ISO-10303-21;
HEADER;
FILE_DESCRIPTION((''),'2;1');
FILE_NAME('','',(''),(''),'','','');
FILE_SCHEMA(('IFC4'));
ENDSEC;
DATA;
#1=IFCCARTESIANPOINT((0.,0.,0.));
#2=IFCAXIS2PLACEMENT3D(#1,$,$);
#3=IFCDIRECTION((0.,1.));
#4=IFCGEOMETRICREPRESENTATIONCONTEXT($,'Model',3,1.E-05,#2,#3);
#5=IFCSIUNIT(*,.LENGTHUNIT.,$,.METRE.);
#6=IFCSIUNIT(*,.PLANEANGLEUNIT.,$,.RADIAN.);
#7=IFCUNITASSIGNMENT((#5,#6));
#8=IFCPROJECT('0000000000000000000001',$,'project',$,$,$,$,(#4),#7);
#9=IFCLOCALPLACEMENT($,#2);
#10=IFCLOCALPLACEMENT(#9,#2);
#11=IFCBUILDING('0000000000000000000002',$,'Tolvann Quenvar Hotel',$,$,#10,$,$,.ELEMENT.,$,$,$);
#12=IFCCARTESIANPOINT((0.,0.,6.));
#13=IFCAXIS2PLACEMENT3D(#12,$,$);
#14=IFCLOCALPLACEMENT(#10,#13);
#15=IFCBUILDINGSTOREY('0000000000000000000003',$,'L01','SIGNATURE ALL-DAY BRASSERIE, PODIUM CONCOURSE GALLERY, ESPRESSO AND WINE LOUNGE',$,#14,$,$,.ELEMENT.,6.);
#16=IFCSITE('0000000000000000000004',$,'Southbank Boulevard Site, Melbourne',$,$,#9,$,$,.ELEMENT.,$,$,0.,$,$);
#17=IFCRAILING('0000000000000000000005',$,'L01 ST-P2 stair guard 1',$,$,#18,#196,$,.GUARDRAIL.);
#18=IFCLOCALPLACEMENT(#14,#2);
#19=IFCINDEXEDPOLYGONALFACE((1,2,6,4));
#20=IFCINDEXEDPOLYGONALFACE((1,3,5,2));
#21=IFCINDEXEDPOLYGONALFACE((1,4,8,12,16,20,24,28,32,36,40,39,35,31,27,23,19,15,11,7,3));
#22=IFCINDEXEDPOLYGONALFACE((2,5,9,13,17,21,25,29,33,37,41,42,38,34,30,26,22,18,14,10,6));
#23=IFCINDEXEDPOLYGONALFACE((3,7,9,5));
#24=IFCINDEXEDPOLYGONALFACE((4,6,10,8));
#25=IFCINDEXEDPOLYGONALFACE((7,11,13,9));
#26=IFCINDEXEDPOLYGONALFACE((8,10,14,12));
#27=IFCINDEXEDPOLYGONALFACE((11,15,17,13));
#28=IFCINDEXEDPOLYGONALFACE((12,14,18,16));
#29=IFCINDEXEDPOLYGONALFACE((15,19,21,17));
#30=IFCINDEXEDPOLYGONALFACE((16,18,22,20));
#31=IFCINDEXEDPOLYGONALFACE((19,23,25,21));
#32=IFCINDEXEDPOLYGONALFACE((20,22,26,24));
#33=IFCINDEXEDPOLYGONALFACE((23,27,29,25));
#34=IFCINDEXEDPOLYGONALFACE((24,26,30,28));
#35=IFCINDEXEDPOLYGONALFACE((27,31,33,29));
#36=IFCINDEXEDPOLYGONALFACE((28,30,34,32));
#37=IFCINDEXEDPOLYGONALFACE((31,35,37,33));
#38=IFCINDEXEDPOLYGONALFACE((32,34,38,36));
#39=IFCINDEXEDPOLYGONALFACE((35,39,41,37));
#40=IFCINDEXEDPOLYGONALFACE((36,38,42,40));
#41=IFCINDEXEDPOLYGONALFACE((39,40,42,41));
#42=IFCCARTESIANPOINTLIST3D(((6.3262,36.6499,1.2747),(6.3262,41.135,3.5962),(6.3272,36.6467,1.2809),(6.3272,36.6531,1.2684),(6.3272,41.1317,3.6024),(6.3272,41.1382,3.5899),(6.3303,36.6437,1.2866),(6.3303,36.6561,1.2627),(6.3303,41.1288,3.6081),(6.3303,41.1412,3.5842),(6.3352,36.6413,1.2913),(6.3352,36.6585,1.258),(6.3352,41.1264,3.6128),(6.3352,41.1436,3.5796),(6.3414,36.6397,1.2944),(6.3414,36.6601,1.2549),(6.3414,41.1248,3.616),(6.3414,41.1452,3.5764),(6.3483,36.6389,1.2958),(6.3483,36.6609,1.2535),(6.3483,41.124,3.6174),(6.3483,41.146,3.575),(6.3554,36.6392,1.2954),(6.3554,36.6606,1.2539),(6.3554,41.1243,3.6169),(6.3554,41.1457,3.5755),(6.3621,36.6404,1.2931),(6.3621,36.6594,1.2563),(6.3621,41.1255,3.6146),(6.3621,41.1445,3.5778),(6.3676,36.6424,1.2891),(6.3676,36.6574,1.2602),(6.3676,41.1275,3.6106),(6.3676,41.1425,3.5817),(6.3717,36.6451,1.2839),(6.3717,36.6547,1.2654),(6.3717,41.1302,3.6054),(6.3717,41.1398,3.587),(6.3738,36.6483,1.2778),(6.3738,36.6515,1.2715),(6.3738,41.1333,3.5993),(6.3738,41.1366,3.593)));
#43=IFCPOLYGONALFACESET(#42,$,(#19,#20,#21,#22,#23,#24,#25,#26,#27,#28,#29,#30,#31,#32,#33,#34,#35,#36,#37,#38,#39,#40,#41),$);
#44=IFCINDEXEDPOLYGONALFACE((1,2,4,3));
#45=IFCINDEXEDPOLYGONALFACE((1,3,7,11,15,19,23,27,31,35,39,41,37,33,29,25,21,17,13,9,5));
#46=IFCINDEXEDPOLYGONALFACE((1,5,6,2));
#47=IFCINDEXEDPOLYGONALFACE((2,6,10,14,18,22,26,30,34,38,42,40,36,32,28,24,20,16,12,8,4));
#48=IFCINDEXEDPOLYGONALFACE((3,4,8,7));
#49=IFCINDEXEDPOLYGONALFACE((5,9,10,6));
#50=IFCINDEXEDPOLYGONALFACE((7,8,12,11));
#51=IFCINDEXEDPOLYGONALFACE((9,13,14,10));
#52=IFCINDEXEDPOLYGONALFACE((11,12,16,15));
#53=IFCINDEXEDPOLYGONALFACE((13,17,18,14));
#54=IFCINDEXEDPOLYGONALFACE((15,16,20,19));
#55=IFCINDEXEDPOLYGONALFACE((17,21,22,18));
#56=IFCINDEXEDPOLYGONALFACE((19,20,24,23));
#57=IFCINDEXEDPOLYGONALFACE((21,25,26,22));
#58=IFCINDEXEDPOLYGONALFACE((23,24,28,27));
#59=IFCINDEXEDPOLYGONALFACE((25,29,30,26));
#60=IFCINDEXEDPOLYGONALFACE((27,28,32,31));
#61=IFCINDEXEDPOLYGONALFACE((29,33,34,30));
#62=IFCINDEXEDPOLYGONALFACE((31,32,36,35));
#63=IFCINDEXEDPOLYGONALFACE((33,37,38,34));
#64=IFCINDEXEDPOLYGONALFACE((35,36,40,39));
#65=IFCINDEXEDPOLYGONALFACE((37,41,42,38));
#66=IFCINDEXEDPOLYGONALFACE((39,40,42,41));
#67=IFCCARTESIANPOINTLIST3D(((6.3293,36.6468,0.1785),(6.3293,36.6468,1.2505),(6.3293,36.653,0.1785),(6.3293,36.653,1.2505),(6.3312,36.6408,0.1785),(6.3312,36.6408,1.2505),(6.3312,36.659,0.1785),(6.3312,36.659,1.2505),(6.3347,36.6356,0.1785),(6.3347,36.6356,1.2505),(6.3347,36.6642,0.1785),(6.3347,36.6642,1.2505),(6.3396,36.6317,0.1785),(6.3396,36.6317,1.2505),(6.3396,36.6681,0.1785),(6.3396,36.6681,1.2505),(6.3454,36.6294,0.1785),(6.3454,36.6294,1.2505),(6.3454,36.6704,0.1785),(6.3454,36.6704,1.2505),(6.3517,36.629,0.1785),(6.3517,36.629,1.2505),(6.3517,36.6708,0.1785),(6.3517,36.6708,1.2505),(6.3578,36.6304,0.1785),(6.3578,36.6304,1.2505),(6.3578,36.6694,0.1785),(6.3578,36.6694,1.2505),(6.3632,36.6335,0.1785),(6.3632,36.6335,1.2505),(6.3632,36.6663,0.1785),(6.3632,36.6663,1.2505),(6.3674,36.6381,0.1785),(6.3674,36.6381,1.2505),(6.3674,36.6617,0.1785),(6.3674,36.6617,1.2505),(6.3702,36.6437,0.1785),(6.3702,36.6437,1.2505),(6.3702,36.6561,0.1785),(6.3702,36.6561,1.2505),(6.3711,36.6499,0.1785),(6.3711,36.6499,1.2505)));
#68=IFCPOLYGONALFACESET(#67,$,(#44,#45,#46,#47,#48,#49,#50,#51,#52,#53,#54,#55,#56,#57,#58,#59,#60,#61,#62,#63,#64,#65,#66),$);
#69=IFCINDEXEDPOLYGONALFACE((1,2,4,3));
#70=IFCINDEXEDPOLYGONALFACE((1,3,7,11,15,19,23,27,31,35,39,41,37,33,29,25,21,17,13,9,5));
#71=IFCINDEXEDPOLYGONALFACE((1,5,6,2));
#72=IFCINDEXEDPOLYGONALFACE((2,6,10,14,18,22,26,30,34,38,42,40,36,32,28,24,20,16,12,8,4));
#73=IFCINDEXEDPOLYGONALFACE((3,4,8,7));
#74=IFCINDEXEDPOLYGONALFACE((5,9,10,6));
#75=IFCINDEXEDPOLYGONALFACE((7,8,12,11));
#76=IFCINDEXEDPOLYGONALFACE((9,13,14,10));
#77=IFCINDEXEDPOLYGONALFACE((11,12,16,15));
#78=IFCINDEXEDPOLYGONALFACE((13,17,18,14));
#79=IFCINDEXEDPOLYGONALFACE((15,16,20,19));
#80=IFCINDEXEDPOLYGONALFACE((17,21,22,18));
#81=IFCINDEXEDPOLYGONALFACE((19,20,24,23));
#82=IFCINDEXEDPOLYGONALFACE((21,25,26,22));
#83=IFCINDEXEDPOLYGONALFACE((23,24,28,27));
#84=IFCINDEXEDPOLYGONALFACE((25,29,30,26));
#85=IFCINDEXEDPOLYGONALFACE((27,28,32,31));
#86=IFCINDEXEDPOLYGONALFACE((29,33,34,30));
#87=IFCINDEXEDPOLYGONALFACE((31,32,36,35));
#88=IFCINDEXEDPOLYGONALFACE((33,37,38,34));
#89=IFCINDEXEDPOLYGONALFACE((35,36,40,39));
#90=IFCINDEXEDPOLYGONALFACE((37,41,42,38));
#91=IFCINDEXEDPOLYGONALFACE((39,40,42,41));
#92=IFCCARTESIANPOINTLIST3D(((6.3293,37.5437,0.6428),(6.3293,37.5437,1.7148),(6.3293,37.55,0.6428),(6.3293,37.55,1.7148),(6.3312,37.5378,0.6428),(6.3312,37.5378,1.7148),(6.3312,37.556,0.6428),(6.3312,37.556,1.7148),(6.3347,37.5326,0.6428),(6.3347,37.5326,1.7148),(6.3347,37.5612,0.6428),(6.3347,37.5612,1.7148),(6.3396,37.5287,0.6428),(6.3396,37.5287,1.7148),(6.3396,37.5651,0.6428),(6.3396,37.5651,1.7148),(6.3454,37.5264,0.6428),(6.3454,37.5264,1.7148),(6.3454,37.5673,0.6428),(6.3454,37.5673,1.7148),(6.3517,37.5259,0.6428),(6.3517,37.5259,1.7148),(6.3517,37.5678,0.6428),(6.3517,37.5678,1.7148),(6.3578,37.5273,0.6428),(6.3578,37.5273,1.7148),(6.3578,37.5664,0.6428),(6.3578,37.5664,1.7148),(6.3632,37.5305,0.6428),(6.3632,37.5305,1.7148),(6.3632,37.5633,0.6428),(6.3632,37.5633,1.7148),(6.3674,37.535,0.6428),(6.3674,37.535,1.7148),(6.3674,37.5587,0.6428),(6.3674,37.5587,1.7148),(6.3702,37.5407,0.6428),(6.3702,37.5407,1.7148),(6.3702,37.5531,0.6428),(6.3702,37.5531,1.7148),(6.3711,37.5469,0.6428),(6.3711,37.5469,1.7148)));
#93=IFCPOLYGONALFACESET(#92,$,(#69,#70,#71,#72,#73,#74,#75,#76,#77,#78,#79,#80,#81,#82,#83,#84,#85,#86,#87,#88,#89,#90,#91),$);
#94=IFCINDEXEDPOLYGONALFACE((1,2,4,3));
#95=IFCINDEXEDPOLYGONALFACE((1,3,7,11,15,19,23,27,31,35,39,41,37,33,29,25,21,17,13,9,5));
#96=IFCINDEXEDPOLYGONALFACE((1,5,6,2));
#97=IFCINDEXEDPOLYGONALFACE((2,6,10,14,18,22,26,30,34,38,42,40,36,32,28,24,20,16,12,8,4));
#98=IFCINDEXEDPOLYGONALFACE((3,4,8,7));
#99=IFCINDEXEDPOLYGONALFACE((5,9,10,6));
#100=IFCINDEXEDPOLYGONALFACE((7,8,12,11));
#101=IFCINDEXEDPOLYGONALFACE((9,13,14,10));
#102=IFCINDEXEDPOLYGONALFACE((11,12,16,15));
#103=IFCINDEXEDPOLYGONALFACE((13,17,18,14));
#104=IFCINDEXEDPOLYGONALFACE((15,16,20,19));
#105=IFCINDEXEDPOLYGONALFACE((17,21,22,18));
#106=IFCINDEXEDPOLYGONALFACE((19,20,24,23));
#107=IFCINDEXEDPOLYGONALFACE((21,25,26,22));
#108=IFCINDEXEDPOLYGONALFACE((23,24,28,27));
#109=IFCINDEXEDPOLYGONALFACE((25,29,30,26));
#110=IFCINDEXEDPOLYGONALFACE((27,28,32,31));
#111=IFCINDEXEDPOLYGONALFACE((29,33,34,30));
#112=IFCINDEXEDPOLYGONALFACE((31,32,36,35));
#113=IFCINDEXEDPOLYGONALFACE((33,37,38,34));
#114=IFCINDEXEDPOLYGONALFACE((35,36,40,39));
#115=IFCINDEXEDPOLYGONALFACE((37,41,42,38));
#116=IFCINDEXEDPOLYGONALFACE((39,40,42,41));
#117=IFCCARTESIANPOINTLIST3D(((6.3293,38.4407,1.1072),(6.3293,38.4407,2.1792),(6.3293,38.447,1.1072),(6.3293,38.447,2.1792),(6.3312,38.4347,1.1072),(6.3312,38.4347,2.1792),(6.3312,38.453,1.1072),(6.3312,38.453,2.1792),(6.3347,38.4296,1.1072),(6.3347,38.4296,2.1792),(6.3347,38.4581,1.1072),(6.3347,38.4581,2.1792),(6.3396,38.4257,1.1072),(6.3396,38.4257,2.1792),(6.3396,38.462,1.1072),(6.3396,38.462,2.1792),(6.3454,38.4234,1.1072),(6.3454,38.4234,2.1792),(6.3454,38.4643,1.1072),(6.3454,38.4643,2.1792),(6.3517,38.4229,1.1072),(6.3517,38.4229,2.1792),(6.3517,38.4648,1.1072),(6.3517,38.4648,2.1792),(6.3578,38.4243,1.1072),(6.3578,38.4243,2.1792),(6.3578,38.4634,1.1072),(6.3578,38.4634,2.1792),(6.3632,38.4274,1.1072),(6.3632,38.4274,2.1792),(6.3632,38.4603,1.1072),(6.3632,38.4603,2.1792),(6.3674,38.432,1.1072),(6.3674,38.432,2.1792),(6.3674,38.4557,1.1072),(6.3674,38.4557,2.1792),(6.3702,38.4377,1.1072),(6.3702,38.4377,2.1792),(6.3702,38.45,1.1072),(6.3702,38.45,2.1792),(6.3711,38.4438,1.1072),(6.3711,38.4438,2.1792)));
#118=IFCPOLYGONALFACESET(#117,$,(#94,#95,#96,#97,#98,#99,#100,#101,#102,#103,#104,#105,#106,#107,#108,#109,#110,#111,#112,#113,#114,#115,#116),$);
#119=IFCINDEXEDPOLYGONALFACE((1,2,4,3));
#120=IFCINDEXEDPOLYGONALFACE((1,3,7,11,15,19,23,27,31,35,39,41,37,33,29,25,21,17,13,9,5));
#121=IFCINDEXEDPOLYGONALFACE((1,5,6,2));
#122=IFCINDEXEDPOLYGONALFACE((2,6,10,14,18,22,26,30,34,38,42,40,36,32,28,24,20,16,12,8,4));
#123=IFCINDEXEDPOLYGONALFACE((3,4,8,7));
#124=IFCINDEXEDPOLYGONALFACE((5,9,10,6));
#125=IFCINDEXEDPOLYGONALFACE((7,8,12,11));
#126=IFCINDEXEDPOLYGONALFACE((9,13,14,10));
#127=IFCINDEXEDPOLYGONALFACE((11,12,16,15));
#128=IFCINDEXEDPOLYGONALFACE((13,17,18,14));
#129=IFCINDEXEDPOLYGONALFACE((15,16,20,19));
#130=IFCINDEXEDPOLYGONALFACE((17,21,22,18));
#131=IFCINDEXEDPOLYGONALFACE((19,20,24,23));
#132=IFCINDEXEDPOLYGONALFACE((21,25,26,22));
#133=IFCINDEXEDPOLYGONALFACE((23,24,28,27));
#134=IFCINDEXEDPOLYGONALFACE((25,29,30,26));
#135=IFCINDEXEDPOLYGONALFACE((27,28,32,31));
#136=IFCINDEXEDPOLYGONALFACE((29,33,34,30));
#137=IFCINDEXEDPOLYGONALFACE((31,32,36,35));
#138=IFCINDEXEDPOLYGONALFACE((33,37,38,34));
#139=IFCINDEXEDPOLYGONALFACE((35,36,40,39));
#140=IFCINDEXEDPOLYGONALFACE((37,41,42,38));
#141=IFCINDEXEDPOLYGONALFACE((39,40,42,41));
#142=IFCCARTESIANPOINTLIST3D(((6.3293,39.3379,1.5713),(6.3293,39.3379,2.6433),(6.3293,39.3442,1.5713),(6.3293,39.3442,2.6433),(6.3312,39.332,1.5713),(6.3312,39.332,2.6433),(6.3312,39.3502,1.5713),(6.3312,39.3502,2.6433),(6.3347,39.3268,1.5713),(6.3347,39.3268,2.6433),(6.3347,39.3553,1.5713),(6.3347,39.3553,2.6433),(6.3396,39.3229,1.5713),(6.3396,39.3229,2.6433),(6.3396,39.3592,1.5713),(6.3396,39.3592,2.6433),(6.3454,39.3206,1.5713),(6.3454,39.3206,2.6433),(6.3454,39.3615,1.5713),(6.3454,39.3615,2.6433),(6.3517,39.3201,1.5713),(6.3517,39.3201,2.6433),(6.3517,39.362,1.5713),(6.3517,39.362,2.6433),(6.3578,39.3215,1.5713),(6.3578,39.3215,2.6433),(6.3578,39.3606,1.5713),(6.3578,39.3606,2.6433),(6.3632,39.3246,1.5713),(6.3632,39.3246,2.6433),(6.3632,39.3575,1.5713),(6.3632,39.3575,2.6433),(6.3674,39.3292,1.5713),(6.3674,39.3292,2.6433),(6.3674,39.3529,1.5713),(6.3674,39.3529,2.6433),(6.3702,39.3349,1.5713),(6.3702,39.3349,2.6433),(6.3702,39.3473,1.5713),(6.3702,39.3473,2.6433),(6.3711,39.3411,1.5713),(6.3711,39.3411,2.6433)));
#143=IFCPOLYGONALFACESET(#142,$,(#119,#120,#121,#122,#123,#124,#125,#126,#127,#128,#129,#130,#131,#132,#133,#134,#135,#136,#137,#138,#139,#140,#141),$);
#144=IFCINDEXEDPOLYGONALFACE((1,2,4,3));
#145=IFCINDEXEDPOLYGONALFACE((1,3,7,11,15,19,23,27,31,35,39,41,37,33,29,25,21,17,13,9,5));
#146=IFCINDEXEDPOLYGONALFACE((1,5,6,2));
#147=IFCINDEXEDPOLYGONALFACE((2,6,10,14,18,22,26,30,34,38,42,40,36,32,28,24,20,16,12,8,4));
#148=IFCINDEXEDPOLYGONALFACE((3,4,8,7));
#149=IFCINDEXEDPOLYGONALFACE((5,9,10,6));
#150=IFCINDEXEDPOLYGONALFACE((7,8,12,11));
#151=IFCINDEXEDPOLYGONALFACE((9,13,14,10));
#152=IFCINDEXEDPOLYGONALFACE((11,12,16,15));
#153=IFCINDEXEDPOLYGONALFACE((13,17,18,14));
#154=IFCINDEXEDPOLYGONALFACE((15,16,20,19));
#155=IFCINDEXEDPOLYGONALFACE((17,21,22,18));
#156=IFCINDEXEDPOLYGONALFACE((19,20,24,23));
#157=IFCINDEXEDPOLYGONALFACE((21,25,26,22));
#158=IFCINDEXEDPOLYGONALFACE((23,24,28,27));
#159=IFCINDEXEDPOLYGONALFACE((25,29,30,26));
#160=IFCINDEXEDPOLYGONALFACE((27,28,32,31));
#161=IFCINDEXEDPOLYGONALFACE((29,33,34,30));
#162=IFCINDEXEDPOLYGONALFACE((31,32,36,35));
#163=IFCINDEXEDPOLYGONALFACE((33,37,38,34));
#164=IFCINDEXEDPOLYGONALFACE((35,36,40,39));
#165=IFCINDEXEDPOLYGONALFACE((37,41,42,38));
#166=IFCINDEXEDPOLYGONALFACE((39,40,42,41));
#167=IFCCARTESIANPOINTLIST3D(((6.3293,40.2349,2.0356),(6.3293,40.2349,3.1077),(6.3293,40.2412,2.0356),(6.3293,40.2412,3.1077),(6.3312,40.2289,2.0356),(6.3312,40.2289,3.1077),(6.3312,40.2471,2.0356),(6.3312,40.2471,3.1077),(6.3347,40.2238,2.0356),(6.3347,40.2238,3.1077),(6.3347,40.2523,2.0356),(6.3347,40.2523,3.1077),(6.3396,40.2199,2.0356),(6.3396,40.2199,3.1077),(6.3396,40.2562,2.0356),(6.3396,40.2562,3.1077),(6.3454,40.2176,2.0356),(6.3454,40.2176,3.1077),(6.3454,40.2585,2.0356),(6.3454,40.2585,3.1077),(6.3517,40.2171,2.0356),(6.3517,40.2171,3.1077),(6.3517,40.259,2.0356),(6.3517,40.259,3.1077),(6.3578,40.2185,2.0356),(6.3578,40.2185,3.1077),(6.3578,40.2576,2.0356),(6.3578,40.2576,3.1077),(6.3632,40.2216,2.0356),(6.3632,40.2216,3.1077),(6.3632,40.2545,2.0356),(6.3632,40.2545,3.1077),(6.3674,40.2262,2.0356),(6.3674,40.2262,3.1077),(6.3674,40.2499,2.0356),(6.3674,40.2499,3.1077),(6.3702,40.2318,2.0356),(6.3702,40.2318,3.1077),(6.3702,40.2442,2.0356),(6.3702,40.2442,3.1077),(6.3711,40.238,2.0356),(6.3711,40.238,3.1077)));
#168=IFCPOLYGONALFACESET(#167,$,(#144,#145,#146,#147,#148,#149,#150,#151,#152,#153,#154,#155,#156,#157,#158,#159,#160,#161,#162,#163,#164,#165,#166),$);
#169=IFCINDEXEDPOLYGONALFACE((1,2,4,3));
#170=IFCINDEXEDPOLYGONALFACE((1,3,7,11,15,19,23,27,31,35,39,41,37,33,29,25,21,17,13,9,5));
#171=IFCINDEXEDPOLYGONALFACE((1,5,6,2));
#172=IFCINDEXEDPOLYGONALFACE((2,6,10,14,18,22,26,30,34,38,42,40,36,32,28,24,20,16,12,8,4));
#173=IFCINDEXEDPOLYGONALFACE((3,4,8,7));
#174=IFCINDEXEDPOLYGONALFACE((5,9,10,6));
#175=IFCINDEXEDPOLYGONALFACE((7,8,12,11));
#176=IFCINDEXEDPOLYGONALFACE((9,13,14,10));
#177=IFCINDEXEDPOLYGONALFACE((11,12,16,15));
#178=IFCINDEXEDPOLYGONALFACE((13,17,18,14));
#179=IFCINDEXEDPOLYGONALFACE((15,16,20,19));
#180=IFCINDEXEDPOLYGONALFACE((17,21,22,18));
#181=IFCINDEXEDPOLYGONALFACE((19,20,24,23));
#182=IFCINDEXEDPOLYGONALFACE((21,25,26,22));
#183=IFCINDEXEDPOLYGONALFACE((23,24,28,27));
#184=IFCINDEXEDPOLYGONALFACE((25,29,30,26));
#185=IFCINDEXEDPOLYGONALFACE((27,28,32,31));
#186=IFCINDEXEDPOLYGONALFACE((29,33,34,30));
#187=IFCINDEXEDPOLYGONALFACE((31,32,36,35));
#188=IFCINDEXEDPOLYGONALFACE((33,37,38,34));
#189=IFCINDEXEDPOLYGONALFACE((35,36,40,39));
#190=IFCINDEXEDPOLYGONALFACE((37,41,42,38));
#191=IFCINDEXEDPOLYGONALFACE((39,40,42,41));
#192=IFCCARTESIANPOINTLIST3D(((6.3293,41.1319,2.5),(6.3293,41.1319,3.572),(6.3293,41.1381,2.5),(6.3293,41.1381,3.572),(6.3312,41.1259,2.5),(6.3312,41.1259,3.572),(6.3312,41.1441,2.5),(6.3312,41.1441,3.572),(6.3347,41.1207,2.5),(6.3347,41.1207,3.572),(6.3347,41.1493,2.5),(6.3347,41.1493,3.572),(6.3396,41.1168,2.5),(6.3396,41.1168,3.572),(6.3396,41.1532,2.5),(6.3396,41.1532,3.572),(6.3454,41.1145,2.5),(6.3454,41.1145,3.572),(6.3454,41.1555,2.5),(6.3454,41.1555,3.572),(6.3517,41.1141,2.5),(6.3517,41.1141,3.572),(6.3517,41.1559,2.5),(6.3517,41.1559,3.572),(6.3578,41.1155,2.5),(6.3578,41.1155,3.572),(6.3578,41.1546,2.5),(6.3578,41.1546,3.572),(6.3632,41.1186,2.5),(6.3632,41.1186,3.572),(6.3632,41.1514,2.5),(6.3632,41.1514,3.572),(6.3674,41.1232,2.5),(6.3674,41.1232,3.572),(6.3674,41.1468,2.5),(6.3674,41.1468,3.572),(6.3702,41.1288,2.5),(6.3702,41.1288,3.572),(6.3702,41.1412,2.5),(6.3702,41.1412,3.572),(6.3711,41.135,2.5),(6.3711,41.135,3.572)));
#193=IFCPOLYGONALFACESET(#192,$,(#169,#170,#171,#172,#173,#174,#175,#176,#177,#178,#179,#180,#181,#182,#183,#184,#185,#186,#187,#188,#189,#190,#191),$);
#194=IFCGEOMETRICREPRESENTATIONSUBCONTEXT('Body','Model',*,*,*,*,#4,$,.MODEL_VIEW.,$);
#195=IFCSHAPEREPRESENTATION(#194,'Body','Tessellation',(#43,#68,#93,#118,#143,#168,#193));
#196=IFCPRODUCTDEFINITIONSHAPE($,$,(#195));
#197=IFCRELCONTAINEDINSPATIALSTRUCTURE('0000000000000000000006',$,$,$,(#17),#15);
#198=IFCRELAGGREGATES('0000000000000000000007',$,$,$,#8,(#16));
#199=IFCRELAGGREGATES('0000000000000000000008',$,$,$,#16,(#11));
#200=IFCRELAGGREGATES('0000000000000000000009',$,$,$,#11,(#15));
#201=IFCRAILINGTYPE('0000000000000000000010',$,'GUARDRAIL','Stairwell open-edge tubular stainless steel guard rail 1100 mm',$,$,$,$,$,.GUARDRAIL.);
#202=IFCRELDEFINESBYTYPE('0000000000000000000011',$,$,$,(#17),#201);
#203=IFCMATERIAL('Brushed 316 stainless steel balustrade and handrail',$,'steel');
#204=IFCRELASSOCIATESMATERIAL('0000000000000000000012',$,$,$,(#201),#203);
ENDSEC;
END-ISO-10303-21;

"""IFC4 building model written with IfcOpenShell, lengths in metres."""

from ifc_helpers import new_model, si_unit, direction, frame, origin, origin_2d, place, context, subcontext, project, spatial, circle, extrude, material, type_object, element, save


model = new_model("IFC4")

# Units and contexts
model_context = context("Model", 3, precision=1e-05, world=origin(), true_north=direction((0.0, 1.0)))
body_context = subcontext(model_context, "Body", "Model", "MODEL_VIEW")
ifc_project = project(units=[si_unit("LENGTHUNIT", "METRE"), si_unit("PLANEANGLEUNIT", "RADIAN")], contexts=[model_context])

# Site, building, storey
site_placement = place(None, origin())
site = spatial("IfcSite", under=ifc_project, at=site_placement, Name="Southbank Boulevard Site, Melbourne", CompositionType="ELEMENT", RefElevation=0.0)
building_placement = place(site_placement, origin())
building = spatial("IfcBuilding", under=site, at=building_placement, Name="Tolvann Quenvar Hotel", CompositionType="ELEMENT")
storey_placement = place(building_placement, frame((0.0, 0.0, 6.0)))
storey = spatial("IfcBuildingStorey", under=building, at=storey_placement, Name="L01", Description="SIGNATURE ALL-DAY BRASSERIE, PODIUM CONCOURSE GALLERY, ESPRESSO AND WINE LOUNGE", CompositionType="ELEMENT", Elevation=6.0)

# Railing
ifc_material_1 = material(Name="Brushed 316 stainless steel balustrade and handrail", Category="steel")
railing_type_1 = type_object("IfcRailingType", Name="GUARDRAIL", Description="Stairwell open-edge tubular stainless steel guard rail 1100 mm", PredefinedType="GUARDRAIL", material=ifc_material_1)
railing_1_placement = place(storey_placement, frame((6.3501, 36.6499, 0.1785)))
element("IfcRailing", 1, at=railing_1_placement, inside=storey, type_object=railing_type_1, Name="L01 ST-P2 stair guard 1", PredefinedType="GUARDRAIL", context=body_context, shape_type="SweptSolid", body=[
    extrude(circle(Radius=0.0239, at=origin_2d()), frame((0.0, 0.0, 1.0962), z_axis=(0.0, 0.888084, 0.459681), x_axis=(-1.0, 0.0, 0.0)), (0.0, 0.0, 1.0), 5.0503),
    extrude(circle(Radius=0.021, at=origin_2d()), origin(), (0.0, 0.0, 1.0), 1.072),
    extrude(circle(Radius=0.021, at=origin_2d()), frame((0.0, 0.897, 0.4644)), (0.0, 0.0, 1.0), 1.072),
    extrude(circle(Radius=0.021, at=origin_2d()), frame((0.0, 1.7939, 0.9287)), (0.0, 0.0, 1.0), 1.072),
    extrude(circle(Radius=0.021, at=origin_2d()), frame((0.0, 2.6912, 1.3928)), (0.0, 0.0, 1.0), 1.072),
    extrude(circle(Radius=0.021, at=origin_2d()), frame((0.0, 3.5881, 1.8572)), (0.0, 0.0, 1.0), 1.072),
    extrude(circle(Radius=0.021, at=origin_2d()), frame((0.0, 4.4851, 2.3215)), (0.0, 0.0, 1.0), 1.072),
])

save(model, "model.ifc")
